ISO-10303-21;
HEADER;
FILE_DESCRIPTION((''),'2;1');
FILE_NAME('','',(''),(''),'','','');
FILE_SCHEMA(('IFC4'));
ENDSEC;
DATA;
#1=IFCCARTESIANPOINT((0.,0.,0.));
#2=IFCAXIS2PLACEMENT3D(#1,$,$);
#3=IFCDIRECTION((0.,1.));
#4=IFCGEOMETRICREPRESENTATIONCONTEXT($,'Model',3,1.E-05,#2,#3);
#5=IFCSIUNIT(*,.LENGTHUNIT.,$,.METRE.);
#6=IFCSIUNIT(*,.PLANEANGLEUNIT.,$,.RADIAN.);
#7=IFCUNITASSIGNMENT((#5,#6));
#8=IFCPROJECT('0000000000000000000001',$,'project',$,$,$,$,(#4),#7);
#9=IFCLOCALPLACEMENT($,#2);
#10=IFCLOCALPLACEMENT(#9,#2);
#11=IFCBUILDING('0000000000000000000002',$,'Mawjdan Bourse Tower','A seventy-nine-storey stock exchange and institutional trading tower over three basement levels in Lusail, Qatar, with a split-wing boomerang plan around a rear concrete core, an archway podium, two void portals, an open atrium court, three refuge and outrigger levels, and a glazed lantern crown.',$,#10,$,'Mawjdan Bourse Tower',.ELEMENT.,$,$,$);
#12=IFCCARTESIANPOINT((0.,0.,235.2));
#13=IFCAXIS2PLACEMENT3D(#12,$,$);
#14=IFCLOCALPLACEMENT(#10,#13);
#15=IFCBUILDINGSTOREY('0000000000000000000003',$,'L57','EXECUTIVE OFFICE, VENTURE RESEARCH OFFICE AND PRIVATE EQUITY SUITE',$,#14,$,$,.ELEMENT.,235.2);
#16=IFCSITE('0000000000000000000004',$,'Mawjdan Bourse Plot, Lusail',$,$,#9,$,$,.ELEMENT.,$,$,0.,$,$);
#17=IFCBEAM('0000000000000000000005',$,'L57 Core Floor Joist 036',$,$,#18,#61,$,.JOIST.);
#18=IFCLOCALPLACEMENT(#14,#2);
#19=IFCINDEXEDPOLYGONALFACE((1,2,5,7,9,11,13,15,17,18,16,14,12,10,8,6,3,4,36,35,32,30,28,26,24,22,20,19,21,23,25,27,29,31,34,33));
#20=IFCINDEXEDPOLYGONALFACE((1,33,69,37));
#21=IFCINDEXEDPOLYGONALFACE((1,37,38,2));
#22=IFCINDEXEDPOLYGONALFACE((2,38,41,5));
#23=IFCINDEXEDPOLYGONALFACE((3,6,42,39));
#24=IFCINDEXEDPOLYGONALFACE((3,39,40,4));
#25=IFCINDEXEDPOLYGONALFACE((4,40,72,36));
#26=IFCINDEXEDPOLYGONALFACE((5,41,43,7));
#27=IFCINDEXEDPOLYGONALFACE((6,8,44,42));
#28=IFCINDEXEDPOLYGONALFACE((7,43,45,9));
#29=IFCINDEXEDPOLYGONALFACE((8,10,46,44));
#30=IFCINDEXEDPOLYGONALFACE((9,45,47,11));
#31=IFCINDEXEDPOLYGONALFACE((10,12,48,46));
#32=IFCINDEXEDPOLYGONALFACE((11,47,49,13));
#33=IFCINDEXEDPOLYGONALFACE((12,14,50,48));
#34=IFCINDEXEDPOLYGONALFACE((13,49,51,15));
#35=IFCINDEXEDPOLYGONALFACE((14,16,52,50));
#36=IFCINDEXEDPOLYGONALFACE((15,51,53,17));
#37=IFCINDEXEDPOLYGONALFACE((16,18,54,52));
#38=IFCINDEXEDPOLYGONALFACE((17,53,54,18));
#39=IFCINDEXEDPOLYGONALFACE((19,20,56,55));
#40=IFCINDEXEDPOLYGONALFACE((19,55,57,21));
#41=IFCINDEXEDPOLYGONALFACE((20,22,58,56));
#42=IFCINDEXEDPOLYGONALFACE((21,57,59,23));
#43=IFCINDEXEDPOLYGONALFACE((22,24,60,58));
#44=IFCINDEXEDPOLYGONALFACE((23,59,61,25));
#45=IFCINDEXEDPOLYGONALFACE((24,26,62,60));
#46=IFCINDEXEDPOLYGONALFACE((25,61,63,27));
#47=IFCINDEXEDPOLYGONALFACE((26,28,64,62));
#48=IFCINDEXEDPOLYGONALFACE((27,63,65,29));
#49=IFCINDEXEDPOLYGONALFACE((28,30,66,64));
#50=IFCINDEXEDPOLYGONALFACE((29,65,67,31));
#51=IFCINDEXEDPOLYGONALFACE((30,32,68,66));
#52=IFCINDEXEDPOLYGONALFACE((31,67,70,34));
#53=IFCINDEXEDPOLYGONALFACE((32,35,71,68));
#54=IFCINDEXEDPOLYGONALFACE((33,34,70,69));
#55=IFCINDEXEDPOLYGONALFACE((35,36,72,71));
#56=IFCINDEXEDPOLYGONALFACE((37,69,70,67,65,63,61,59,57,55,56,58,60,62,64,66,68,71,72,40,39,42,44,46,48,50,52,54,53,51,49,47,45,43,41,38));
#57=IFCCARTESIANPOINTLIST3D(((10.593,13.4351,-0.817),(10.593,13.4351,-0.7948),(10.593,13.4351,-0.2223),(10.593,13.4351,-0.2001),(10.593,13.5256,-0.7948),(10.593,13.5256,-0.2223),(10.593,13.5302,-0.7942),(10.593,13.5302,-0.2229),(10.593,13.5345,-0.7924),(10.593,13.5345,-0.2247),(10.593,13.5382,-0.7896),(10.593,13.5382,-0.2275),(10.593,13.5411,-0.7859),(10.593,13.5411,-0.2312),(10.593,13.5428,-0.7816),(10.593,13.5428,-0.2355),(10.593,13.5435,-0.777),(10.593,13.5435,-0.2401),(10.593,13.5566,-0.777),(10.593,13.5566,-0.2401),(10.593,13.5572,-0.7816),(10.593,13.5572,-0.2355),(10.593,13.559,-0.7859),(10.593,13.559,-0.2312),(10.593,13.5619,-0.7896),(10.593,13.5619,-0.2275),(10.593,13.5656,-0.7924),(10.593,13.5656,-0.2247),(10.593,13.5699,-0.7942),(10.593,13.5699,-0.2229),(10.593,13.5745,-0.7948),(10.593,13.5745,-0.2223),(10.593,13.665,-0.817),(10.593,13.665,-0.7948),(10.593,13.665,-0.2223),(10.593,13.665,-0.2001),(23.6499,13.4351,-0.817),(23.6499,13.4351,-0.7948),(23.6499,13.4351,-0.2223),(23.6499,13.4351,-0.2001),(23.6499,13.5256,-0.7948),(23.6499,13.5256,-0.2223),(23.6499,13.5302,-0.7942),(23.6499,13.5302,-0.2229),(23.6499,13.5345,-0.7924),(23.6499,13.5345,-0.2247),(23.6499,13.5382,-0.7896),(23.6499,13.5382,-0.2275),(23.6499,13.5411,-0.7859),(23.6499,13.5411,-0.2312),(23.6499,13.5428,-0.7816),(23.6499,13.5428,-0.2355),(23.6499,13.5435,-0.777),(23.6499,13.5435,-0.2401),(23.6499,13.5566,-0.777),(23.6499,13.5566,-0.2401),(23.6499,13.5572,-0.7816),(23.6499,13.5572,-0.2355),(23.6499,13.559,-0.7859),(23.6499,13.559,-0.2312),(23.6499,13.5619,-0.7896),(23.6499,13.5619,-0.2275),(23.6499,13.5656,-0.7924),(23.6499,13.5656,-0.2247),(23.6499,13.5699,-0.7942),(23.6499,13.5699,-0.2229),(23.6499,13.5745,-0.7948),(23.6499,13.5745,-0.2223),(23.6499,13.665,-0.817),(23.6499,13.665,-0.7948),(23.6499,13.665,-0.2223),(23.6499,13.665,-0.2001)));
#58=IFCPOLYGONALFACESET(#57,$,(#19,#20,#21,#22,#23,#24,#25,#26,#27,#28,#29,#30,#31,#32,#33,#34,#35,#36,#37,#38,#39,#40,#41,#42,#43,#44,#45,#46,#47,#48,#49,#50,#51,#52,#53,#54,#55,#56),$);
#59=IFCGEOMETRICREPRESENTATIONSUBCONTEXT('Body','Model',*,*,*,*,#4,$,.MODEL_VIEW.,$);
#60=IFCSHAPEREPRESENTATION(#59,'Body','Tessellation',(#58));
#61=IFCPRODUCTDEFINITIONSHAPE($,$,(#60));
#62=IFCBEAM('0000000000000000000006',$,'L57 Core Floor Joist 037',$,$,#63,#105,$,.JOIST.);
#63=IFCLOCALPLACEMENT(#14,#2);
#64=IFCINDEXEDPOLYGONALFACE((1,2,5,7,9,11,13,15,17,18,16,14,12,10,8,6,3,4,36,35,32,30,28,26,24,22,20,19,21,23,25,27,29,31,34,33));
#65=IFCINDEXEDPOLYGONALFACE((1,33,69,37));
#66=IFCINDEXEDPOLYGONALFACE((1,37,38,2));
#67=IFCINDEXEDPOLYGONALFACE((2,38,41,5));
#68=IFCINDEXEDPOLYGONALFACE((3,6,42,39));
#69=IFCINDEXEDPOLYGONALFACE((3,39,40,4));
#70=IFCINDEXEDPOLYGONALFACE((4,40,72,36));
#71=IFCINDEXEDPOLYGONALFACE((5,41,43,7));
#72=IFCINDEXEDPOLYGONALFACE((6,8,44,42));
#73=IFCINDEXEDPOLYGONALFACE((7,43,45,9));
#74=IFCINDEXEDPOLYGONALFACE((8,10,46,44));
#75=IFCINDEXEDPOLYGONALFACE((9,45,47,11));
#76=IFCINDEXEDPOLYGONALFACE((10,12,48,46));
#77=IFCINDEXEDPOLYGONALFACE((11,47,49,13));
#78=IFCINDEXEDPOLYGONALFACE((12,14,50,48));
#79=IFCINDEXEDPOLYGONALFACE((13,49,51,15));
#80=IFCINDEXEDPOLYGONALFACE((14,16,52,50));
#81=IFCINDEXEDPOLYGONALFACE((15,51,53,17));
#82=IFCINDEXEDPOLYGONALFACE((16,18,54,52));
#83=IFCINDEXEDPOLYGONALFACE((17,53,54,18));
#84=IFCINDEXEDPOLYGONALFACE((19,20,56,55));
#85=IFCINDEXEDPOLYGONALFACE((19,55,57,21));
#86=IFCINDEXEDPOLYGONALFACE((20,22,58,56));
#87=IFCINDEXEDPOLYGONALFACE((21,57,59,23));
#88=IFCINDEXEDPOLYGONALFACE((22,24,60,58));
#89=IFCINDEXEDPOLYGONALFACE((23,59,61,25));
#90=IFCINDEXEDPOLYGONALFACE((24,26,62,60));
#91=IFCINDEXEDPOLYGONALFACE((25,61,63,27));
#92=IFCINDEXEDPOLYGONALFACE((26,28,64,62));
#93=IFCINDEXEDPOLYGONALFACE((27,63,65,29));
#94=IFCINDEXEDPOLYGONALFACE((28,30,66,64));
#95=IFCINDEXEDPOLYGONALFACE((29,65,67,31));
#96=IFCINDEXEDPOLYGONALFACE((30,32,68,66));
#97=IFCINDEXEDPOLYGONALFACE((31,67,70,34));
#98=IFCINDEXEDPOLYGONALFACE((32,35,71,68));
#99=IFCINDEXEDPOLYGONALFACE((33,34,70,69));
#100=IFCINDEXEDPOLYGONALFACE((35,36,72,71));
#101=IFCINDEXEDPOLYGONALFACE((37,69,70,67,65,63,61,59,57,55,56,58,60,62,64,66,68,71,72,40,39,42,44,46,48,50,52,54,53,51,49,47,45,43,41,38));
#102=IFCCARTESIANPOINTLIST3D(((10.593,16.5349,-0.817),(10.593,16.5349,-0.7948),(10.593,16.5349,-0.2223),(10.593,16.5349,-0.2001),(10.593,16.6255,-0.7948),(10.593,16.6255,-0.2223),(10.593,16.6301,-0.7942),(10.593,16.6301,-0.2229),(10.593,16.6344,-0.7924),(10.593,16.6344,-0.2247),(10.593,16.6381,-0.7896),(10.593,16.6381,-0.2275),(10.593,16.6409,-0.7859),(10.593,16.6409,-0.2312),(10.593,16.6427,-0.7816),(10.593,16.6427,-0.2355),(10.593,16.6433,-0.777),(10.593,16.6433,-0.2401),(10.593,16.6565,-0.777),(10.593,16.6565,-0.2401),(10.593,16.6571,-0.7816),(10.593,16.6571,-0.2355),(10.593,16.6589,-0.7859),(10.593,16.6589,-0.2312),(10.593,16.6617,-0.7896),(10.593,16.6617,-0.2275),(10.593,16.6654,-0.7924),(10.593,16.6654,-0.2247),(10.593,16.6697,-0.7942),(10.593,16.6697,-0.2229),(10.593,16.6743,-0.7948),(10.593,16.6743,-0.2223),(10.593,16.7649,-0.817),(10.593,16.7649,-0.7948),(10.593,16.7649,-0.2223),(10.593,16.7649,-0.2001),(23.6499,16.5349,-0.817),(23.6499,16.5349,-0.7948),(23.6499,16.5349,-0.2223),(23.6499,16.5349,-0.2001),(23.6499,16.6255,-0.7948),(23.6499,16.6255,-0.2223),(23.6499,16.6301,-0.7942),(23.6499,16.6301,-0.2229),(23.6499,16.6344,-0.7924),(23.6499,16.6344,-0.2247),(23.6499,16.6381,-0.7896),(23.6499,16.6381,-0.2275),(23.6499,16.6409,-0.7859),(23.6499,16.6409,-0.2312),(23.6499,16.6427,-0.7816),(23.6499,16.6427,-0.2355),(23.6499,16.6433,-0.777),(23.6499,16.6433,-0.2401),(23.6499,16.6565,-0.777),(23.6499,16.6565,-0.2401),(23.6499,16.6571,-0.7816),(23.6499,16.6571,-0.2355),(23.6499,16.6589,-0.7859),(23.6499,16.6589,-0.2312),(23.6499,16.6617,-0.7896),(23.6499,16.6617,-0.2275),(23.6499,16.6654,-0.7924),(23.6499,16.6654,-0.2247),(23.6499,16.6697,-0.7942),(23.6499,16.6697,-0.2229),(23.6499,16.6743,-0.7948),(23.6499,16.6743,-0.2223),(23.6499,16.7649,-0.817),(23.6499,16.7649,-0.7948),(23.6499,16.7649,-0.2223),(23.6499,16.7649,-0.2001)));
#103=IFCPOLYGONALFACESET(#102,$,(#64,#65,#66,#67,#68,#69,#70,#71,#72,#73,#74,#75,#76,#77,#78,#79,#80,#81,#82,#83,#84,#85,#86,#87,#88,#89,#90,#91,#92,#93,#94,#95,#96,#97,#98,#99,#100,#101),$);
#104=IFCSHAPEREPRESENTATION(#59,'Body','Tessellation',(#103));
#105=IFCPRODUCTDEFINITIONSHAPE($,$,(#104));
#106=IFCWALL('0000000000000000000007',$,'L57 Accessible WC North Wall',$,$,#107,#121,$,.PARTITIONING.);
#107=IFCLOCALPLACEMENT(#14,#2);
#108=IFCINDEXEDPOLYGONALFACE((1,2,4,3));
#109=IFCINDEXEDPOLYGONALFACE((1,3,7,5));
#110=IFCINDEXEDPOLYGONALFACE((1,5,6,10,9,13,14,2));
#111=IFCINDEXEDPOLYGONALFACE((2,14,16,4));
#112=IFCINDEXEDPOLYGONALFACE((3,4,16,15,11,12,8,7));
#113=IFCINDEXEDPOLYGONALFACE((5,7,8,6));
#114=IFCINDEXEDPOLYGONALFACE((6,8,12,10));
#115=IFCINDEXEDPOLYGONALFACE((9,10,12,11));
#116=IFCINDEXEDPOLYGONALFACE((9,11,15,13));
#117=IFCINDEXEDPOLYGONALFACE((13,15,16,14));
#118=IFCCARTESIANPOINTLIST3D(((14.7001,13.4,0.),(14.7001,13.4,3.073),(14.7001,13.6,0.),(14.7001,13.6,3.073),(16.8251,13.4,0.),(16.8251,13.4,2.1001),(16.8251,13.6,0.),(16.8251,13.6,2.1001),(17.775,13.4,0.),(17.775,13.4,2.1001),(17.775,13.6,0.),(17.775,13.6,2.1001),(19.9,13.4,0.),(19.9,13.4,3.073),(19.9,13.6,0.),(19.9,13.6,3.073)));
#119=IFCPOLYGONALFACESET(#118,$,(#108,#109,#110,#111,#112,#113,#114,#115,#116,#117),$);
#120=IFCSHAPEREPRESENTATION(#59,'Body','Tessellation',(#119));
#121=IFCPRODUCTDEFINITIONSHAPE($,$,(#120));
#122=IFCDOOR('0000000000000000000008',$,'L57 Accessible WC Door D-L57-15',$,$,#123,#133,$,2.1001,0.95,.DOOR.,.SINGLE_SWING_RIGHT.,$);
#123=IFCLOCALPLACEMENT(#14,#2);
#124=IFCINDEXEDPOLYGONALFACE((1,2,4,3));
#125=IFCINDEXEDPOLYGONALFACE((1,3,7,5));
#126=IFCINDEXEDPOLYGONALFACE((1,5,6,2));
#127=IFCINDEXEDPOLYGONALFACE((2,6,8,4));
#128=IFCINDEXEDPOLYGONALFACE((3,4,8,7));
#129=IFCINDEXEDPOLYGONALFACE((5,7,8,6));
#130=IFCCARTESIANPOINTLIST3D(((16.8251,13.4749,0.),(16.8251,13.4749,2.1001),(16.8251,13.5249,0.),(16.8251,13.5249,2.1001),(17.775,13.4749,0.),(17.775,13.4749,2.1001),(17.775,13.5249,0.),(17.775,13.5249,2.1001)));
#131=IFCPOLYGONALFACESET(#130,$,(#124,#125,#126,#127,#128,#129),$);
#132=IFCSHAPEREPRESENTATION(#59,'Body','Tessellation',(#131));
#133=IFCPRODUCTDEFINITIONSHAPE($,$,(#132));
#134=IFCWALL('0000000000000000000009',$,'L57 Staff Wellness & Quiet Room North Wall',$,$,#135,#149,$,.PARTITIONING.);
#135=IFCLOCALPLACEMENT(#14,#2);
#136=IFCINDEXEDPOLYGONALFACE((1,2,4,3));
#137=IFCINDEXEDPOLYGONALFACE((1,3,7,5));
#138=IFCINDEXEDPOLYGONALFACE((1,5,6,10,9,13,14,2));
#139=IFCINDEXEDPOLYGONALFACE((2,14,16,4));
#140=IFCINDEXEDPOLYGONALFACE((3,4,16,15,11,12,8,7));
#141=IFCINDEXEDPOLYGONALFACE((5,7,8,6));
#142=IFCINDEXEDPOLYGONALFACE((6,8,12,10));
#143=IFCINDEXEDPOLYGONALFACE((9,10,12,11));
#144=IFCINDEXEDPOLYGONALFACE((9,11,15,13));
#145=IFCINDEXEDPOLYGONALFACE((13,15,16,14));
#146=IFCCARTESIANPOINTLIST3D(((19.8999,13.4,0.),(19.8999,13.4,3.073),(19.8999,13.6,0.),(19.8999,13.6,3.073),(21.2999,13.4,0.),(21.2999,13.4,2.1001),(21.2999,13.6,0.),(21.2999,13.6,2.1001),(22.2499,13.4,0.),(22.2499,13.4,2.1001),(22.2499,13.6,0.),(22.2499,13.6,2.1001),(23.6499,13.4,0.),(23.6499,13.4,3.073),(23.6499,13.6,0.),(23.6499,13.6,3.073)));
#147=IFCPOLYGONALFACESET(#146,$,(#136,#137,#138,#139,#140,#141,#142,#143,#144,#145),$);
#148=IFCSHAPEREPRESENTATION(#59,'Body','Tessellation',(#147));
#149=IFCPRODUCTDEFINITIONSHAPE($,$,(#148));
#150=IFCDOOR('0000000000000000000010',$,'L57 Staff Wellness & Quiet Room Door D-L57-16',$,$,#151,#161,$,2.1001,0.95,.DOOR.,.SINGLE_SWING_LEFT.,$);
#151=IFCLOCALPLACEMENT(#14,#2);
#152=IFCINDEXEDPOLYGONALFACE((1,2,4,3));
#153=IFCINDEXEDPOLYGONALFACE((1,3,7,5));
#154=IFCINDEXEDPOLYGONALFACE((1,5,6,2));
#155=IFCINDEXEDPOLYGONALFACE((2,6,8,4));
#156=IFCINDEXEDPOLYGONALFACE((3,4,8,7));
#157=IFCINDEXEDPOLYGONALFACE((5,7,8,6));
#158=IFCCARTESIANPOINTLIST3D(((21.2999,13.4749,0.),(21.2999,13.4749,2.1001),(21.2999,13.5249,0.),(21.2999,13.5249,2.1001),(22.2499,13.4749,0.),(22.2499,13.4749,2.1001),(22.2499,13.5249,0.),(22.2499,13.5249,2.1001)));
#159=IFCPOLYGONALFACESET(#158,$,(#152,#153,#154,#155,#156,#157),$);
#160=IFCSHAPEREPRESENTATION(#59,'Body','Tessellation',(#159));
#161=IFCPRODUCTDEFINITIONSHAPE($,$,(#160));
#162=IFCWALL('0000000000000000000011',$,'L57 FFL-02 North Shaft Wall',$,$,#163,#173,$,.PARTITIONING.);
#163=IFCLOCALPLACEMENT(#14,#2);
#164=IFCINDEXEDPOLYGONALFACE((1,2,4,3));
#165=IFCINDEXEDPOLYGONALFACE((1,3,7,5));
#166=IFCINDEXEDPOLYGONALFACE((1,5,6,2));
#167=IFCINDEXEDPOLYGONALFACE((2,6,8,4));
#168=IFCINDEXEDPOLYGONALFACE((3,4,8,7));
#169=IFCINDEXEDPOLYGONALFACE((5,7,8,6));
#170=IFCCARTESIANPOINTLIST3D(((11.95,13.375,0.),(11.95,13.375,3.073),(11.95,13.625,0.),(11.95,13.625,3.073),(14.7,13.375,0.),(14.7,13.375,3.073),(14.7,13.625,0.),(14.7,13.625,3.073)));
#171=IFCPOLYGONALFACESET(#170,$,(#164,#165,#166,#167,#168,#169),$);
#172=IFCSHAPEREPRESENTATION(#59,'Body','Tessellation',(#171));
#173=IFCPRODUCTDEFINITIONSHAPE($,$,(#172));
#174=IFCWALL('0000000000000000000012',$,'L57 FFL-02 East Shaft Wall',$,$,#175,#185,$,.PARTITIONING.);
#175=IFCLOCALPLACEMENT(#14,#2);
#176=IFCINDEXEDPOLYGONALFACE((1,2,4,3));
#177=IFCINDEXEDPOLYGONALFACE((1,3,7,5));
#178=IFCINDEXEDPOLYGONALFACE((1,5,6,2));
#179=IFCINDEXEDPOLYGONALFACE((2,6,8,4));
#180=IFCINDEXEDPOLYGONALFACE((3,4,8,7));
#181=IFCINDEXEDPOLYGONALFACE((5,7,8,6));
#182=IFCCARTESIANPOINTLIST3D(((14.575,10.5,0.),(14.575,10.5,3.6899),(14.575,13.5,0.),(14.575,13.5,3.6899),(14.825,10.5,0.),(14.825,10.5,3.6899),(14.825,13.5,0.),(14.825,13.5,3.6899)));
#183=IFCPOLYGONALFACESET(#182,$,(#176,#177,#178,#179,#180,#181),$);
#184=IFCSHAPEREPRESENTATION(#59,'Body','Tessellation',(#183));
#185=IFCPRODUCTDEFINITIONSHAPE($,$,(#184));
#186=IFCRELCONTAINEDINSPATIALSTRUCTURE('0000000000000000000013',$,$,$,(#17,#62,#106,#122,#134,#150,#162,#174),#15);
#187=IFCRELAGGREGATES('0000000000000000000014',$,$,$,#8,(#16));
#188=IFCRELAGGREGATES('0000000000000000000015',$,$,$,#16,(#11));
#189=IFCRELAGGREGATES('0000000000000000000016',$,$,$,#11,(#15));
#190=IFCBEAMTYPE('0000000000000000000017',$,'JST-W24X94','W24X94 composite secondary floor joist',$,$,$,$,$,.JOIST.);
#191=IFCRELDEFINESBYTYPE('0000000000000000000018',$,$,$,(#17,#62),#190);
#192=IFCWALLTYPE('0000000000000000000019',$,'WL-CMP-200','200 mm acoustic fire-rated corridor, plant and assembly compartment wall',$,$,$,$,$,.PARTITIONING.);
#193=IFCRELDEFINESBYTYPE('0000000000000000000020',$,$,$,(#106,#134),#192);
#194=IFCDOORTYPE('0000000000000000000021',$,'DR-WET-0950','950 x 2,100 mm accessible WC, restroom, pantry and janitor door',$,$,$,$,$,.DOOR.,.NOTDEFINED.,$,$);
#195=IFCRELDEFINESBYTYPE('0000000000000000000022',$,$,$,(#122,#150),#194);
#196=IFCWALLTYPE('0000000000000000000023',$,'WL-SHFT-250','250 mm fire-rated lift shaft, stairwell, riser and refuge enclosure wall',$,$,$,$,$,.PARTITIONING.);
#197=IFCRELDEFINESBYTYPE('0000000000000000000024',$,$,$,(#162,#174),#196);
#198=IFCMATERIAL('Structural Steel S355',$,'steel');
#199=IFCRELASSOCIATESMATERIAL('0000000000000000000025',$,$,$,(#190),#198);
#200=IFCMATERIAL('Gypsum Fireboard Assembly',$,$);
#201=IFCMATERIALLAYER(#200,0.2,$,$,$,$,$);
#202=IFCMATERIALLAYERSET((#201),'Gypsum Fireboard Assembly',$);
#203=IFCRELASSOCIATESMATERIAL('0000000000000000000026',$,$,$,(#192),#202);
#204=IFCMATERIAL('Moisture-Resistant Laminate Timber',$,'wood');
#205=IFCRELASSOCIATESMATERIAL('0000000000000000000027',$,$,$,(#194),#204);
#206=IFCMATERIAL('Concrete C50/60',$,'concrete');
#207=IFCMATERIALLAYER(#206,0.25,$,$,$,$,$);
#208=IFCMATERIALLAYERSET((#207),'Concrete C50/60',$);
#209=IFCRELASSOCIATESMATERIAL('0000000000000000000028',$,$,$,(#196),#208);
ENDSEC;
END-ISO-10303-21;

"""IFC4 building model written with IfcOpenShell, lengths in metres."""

from ifc_helpers import new_model, si_unit, direction, frame, frame_2d, origin, origin_2d, place, context, subcontext, project, spatial, rectangle, i_section, extrude, material, layer, layer_set, material_profile, profile_set, type_object, element, fill, save


model = new_model("IFC4")

# Units and contexts
model_context = context("Model", 3, precision=1e-05, world=origin(), true_north=direction((0.0, 1.0)))
body_context = subcontext(model_context, "Body", "Model", "MODEL_VIEW")
ifc_project = project(units=[si_unit("LENGTHUNIT", "METRE"), si_unit("PLANEANGLEUNIT", "RADIAN")], contexts=[model_context])

# Site, building, storey
site_placement = place(None, origin())
site = spatial("IfcSite", under=ifc_project, at=site_placement, Name="Mawjdan Bourse Plot, Lusail", CompositionType="ELEMENT", RefElevation=0.0)
building_placement = place(site_placement, origin())
building = spatial("IfcBuilding", under=site, at=building_placement, Name="Mawjdan Bourse Tower", Description="A seventy-nine-storey stock exchange and institutional trading tower over three basement levels in Lusail, Qatar, with a split-wing boomerang plan around a rear concrete core, an archway podium, two void portals, an open atrium court, three refuge and outrigger levels, and a glazed lantern crown.", LongName="Mawjdan Bourse Tower", CompositionType="ELEMENT")
storey_placement = place(building_placement, frame((0.0, 0.0, 235.2)))
storey = spatial("IfcBuildingStorey", under=building, at=storey_placement, Name="L57", Description="EXECUTIVE OFFICE, VENTURE RESEARCH OFFICE AND PRIVATE EQUITY SUITE", CompositionType="ELEMENT", Elevation=235.2)

# Beams
ifc_material_1 = material(Name="Structural Steel S355", Category="steel")
ifc_material_profile = material_profile(ifc_material_1, i_section(OverallWidth=0.23, OverallDepth=0.6169, WebThickness=0.0132, FlangeThickness=0.0222, FilletRadius=0.0178, at=origin_2d()), Name="W24X94")
ifc_profile_set = profile_set([ifc_material_profile], Name="Structural Steel S355")
beam_type = type_object("IfcBeamType", Name="JST-W24X94", Description="W24X94 composite secondary floor joist", PredefinedType="JOIST", material=ifc_profile_set)
for number, where, z_axis, x_axis, name in (
    (1, (10.593, 13.55, -0.5085), (1.0, 0.0, 0.0), (0.0, 1.0, 0.0), "L57 Core Floor Joist 036"),
    (2, (10.593, 16.6499, -0.5085), (1.0, 0.0, 0.0), (0.0, 1.0, 0.0), "L57 Core Floor Joist 037"),
):
    element("IfcBeam", number, at=place(storey_placement, frame(where, z_axis=z_axis, x_axis=x_axis)), inside=storey, type_object=beam_type, Name=name, PredefinedType="JOIST", context=body_context, shape_type="SweptSolid", body=[
        extrude(i_section(OverallWidth=0.23, OverallDepth=0.6169, WebThickness=0.0132, FlangeThickness=0.0222, FilletRadius=0.0178, at=origin_2d()), origin(), (0.0, 0.0, 1.0), 13.0569),
    ])

# Walls, openings, doors
ifc_material_2 = material(Name="Gypsum Fireboard Assembly")
ifc_layer_1 = layer(ifc_material_2, 0.2)
ifc_layer_set_1 = layer_set([ifc_layer_1], Name="Gypsum Fireboard Assembly")
wall_type_1 = type_object("IfcWallType", Name="WL-CMP-200", Description="200 mm acoustic fire-rated corridor, plant and assembly compartment wall", PredefinedType="PARTITIONING", material=ifc_layer_set_1)
wall_1_placement = place(storey_placement, frame((14.7, 13.5, 0.0), z_axis=(0.0, 0.0, 1.0), x_axis=(1.0, 0.0, 0.0)))
wall_1 = element("IfcWall", 3, at=wall_1_placement, inside=storey, type_object=wall_type_1, Name="L57 Accessible WC North Wall", PredefinedType="PARTITIONING", context=body_context, shape_type="SweptSolid", body=[
    extrude(rectangle(XDim=5.2, YDim=0.2, at=frame_2d((2.6001, 0.0))), origin(), (0.0, 0.0, 1.0), 3.073),
])
opening_1_placement = place(wall_1_placement, frame((2.125, 0.0, 0.0)))
opening_1 = element("IfcOpeningElement", 4, at=opening_1_placement, cuts=wall_1, PredefinedType="OPENING", context=body_context, shape_type="SweptSolid", body=[
    extrude(rectangle(XDim=0.95, YDim=2.1001, at=frame_2d((0.4751, 1.05))), frame((0.0, 0.1099, 0.0), z_axis=(0.0, -1.0, 0.0), x_axis=(1.0, 0.0, 0.0)), (0.0, 0.0, 1.0), 0.22),
])
ifc_material_3 = material(Name="Moisture-Resistant Laminate Timber", Category="wood")
door_type_1 = type_object("IfcDoorType", Name="DR-WET-0950", Description="950 x 2,100 mm accessible WC, restroom, pantry and janitor door", OperationType="NOTDEFINED", PredefinedType="DOOR", material=ifc_material_3)
door_1_placement = place(opening_1_placement, origin())
door_1 = element("IfcDoor", 5, at=door_1_placement, inside=storey, type_object=door_type_1, Name="L57 Accessible WC Door D-L57-15", OperationType="SINGLE_SWING_RIGHT", OverallHeight=2.1001, OverallWidth=0.95, PredefinedType="DOOR", context=body_context, shape_type="SweptSolid", body=[
    extrude(rectangle(XDim=0.95, YDim=2.1001, at=frame_2d((0.4751, 1.05))), frame((0.0, 0.0249, 0.0), z_axis=(0.0, -1.0, 0.0), x_axis=(1.0, 0.0, 0.0)), (0.0, 0.0, 1.0), 0.05),
])
fill(opening_1, door_1)
wall_2_placement = place(storey_placement, frame((19.8999, 13.5, 0.0), z_axis=(0.0, 0.0, 1.0), x_axis=(1.0, 0.0, 0.0)))
wall_2 = element("IfcWall", 6, at=wall_2_placement, inside=storey, type_object=wall_type_1, Name="L57 Staff Wellness & Quiet Room North Wall", PredefinedType="PARTITIONING", context=body_context, shape_type="SweptSolid", body=[
    extrude(rectangle(XDim=3.75, YDim=0.2, at=frame_2d((1.875, 0.0))), origin(), (0.0, 0.0, 1.0), 3.073),
])
opening_2_placement = place(wall_2_placement, frame((1.3999, 0.0, 0.0)))
opening_2 = element("IfcOpeningElement", 7, at=opening_2_placement, cuts=wall_2, PredefinedType="OPENING", context=body_context, shape_type="SweptSolid", body=[
    extrude(rectangle(XDim=0.95, YDim=2.1001, at=frame_2d((0.4751, 1.05))), frame((0.0, 0.1099, 0.0), z_axis=(0.0, -1.0, 0.0), x_axis=(1.0, 0.0, 0.0)), (0.0, 0.0, 1.0), 0.22),
])
door_2_placement = place(opening_2_placement, origin())
door_2 = element("IfcDoor", 8, at=door_2_placement, inside=storey, type_object=door_type_1, Name="L57 Staff Wellness & Quiet Room Door D-L57-16", OperationType="SINGLE_SWING_LEFT", OverallHeight=2.1001, OverallWidth=0.95, PredefinedType="DOOR", context=body_context, shape_type="SweptSolid", body=[
    extrude(rectangle(XDim=0.95, YDim=2.1001, at=frame_2d((0.4751, 1.05))), frame((0.0, 0.0249, 0.0), z_axis=(0.0, -1.0, 0.0), x_axis=(1.0, 0.0, 0.0)), (0.0, 0.0, 1.0), 0.05),
])
fill(opening_2, door_2)

# Walls
ifc_material_4 = material(Name="Concrete C50/60", Category="concrete")
ifc_layer_2 = layer(ifc_material_4, 0.25)
ifc_layer_set_2 = layer_set([ifc_layer_2], Name="Concrete C50/60")
wall_type_2 = type_object("IfcWallType", Name="WL-SHFT-250", Description="250 mm fire-rated lift shaft, stairwell, riser and refuge enclosure wall", PredefinedType="PARTITIONING", material=ifc_layer_set_2)
wall_3_placement = place(storey_placement, frame((11.95, 13.5, 0.0), z_axis=(0.0, 0.0, 1.0), x_axis=(1.0, 0.0, 0.0)))
element("IfcWall", 9, at=wall_3_placement, inside=storey, type_object=wall_type_2, Name="L57 FFL-02 North Shaft Wall", PredefinedType="PARTITIONING", context=body_context, shape_type="SweptSolid", body=[
    extrude(rectangle(XDim=2.75, YDim=0.25, at=frame_2d((1.375, 0.0))), origin(), (0.0, 0.0, 1.0), 3.073),
])
wall_4_placement = place(storey_placement, frame((14.7, 10.5, 0.0), z_axis=(0.0, 0.0, 1.0), x_axis=(0.0, 1.0, 0.0)))
element("IfcWall", 10, at=wall_4_placement, inside=storey, type_object=wall_type_2, Name="L57 FFL-02 East Shaft Wall", PredefinedType="PARTITIONING", context=body_context, shape_type="SweptSolid", body=[
    extrude(rectangle(XDim=3.0, YDim=0.25, at=frame_2d((1.5, 0.0))), origin(), (0.0, 0.0, 1.0), 3.6899),
])

save(model, "model.ifc")
